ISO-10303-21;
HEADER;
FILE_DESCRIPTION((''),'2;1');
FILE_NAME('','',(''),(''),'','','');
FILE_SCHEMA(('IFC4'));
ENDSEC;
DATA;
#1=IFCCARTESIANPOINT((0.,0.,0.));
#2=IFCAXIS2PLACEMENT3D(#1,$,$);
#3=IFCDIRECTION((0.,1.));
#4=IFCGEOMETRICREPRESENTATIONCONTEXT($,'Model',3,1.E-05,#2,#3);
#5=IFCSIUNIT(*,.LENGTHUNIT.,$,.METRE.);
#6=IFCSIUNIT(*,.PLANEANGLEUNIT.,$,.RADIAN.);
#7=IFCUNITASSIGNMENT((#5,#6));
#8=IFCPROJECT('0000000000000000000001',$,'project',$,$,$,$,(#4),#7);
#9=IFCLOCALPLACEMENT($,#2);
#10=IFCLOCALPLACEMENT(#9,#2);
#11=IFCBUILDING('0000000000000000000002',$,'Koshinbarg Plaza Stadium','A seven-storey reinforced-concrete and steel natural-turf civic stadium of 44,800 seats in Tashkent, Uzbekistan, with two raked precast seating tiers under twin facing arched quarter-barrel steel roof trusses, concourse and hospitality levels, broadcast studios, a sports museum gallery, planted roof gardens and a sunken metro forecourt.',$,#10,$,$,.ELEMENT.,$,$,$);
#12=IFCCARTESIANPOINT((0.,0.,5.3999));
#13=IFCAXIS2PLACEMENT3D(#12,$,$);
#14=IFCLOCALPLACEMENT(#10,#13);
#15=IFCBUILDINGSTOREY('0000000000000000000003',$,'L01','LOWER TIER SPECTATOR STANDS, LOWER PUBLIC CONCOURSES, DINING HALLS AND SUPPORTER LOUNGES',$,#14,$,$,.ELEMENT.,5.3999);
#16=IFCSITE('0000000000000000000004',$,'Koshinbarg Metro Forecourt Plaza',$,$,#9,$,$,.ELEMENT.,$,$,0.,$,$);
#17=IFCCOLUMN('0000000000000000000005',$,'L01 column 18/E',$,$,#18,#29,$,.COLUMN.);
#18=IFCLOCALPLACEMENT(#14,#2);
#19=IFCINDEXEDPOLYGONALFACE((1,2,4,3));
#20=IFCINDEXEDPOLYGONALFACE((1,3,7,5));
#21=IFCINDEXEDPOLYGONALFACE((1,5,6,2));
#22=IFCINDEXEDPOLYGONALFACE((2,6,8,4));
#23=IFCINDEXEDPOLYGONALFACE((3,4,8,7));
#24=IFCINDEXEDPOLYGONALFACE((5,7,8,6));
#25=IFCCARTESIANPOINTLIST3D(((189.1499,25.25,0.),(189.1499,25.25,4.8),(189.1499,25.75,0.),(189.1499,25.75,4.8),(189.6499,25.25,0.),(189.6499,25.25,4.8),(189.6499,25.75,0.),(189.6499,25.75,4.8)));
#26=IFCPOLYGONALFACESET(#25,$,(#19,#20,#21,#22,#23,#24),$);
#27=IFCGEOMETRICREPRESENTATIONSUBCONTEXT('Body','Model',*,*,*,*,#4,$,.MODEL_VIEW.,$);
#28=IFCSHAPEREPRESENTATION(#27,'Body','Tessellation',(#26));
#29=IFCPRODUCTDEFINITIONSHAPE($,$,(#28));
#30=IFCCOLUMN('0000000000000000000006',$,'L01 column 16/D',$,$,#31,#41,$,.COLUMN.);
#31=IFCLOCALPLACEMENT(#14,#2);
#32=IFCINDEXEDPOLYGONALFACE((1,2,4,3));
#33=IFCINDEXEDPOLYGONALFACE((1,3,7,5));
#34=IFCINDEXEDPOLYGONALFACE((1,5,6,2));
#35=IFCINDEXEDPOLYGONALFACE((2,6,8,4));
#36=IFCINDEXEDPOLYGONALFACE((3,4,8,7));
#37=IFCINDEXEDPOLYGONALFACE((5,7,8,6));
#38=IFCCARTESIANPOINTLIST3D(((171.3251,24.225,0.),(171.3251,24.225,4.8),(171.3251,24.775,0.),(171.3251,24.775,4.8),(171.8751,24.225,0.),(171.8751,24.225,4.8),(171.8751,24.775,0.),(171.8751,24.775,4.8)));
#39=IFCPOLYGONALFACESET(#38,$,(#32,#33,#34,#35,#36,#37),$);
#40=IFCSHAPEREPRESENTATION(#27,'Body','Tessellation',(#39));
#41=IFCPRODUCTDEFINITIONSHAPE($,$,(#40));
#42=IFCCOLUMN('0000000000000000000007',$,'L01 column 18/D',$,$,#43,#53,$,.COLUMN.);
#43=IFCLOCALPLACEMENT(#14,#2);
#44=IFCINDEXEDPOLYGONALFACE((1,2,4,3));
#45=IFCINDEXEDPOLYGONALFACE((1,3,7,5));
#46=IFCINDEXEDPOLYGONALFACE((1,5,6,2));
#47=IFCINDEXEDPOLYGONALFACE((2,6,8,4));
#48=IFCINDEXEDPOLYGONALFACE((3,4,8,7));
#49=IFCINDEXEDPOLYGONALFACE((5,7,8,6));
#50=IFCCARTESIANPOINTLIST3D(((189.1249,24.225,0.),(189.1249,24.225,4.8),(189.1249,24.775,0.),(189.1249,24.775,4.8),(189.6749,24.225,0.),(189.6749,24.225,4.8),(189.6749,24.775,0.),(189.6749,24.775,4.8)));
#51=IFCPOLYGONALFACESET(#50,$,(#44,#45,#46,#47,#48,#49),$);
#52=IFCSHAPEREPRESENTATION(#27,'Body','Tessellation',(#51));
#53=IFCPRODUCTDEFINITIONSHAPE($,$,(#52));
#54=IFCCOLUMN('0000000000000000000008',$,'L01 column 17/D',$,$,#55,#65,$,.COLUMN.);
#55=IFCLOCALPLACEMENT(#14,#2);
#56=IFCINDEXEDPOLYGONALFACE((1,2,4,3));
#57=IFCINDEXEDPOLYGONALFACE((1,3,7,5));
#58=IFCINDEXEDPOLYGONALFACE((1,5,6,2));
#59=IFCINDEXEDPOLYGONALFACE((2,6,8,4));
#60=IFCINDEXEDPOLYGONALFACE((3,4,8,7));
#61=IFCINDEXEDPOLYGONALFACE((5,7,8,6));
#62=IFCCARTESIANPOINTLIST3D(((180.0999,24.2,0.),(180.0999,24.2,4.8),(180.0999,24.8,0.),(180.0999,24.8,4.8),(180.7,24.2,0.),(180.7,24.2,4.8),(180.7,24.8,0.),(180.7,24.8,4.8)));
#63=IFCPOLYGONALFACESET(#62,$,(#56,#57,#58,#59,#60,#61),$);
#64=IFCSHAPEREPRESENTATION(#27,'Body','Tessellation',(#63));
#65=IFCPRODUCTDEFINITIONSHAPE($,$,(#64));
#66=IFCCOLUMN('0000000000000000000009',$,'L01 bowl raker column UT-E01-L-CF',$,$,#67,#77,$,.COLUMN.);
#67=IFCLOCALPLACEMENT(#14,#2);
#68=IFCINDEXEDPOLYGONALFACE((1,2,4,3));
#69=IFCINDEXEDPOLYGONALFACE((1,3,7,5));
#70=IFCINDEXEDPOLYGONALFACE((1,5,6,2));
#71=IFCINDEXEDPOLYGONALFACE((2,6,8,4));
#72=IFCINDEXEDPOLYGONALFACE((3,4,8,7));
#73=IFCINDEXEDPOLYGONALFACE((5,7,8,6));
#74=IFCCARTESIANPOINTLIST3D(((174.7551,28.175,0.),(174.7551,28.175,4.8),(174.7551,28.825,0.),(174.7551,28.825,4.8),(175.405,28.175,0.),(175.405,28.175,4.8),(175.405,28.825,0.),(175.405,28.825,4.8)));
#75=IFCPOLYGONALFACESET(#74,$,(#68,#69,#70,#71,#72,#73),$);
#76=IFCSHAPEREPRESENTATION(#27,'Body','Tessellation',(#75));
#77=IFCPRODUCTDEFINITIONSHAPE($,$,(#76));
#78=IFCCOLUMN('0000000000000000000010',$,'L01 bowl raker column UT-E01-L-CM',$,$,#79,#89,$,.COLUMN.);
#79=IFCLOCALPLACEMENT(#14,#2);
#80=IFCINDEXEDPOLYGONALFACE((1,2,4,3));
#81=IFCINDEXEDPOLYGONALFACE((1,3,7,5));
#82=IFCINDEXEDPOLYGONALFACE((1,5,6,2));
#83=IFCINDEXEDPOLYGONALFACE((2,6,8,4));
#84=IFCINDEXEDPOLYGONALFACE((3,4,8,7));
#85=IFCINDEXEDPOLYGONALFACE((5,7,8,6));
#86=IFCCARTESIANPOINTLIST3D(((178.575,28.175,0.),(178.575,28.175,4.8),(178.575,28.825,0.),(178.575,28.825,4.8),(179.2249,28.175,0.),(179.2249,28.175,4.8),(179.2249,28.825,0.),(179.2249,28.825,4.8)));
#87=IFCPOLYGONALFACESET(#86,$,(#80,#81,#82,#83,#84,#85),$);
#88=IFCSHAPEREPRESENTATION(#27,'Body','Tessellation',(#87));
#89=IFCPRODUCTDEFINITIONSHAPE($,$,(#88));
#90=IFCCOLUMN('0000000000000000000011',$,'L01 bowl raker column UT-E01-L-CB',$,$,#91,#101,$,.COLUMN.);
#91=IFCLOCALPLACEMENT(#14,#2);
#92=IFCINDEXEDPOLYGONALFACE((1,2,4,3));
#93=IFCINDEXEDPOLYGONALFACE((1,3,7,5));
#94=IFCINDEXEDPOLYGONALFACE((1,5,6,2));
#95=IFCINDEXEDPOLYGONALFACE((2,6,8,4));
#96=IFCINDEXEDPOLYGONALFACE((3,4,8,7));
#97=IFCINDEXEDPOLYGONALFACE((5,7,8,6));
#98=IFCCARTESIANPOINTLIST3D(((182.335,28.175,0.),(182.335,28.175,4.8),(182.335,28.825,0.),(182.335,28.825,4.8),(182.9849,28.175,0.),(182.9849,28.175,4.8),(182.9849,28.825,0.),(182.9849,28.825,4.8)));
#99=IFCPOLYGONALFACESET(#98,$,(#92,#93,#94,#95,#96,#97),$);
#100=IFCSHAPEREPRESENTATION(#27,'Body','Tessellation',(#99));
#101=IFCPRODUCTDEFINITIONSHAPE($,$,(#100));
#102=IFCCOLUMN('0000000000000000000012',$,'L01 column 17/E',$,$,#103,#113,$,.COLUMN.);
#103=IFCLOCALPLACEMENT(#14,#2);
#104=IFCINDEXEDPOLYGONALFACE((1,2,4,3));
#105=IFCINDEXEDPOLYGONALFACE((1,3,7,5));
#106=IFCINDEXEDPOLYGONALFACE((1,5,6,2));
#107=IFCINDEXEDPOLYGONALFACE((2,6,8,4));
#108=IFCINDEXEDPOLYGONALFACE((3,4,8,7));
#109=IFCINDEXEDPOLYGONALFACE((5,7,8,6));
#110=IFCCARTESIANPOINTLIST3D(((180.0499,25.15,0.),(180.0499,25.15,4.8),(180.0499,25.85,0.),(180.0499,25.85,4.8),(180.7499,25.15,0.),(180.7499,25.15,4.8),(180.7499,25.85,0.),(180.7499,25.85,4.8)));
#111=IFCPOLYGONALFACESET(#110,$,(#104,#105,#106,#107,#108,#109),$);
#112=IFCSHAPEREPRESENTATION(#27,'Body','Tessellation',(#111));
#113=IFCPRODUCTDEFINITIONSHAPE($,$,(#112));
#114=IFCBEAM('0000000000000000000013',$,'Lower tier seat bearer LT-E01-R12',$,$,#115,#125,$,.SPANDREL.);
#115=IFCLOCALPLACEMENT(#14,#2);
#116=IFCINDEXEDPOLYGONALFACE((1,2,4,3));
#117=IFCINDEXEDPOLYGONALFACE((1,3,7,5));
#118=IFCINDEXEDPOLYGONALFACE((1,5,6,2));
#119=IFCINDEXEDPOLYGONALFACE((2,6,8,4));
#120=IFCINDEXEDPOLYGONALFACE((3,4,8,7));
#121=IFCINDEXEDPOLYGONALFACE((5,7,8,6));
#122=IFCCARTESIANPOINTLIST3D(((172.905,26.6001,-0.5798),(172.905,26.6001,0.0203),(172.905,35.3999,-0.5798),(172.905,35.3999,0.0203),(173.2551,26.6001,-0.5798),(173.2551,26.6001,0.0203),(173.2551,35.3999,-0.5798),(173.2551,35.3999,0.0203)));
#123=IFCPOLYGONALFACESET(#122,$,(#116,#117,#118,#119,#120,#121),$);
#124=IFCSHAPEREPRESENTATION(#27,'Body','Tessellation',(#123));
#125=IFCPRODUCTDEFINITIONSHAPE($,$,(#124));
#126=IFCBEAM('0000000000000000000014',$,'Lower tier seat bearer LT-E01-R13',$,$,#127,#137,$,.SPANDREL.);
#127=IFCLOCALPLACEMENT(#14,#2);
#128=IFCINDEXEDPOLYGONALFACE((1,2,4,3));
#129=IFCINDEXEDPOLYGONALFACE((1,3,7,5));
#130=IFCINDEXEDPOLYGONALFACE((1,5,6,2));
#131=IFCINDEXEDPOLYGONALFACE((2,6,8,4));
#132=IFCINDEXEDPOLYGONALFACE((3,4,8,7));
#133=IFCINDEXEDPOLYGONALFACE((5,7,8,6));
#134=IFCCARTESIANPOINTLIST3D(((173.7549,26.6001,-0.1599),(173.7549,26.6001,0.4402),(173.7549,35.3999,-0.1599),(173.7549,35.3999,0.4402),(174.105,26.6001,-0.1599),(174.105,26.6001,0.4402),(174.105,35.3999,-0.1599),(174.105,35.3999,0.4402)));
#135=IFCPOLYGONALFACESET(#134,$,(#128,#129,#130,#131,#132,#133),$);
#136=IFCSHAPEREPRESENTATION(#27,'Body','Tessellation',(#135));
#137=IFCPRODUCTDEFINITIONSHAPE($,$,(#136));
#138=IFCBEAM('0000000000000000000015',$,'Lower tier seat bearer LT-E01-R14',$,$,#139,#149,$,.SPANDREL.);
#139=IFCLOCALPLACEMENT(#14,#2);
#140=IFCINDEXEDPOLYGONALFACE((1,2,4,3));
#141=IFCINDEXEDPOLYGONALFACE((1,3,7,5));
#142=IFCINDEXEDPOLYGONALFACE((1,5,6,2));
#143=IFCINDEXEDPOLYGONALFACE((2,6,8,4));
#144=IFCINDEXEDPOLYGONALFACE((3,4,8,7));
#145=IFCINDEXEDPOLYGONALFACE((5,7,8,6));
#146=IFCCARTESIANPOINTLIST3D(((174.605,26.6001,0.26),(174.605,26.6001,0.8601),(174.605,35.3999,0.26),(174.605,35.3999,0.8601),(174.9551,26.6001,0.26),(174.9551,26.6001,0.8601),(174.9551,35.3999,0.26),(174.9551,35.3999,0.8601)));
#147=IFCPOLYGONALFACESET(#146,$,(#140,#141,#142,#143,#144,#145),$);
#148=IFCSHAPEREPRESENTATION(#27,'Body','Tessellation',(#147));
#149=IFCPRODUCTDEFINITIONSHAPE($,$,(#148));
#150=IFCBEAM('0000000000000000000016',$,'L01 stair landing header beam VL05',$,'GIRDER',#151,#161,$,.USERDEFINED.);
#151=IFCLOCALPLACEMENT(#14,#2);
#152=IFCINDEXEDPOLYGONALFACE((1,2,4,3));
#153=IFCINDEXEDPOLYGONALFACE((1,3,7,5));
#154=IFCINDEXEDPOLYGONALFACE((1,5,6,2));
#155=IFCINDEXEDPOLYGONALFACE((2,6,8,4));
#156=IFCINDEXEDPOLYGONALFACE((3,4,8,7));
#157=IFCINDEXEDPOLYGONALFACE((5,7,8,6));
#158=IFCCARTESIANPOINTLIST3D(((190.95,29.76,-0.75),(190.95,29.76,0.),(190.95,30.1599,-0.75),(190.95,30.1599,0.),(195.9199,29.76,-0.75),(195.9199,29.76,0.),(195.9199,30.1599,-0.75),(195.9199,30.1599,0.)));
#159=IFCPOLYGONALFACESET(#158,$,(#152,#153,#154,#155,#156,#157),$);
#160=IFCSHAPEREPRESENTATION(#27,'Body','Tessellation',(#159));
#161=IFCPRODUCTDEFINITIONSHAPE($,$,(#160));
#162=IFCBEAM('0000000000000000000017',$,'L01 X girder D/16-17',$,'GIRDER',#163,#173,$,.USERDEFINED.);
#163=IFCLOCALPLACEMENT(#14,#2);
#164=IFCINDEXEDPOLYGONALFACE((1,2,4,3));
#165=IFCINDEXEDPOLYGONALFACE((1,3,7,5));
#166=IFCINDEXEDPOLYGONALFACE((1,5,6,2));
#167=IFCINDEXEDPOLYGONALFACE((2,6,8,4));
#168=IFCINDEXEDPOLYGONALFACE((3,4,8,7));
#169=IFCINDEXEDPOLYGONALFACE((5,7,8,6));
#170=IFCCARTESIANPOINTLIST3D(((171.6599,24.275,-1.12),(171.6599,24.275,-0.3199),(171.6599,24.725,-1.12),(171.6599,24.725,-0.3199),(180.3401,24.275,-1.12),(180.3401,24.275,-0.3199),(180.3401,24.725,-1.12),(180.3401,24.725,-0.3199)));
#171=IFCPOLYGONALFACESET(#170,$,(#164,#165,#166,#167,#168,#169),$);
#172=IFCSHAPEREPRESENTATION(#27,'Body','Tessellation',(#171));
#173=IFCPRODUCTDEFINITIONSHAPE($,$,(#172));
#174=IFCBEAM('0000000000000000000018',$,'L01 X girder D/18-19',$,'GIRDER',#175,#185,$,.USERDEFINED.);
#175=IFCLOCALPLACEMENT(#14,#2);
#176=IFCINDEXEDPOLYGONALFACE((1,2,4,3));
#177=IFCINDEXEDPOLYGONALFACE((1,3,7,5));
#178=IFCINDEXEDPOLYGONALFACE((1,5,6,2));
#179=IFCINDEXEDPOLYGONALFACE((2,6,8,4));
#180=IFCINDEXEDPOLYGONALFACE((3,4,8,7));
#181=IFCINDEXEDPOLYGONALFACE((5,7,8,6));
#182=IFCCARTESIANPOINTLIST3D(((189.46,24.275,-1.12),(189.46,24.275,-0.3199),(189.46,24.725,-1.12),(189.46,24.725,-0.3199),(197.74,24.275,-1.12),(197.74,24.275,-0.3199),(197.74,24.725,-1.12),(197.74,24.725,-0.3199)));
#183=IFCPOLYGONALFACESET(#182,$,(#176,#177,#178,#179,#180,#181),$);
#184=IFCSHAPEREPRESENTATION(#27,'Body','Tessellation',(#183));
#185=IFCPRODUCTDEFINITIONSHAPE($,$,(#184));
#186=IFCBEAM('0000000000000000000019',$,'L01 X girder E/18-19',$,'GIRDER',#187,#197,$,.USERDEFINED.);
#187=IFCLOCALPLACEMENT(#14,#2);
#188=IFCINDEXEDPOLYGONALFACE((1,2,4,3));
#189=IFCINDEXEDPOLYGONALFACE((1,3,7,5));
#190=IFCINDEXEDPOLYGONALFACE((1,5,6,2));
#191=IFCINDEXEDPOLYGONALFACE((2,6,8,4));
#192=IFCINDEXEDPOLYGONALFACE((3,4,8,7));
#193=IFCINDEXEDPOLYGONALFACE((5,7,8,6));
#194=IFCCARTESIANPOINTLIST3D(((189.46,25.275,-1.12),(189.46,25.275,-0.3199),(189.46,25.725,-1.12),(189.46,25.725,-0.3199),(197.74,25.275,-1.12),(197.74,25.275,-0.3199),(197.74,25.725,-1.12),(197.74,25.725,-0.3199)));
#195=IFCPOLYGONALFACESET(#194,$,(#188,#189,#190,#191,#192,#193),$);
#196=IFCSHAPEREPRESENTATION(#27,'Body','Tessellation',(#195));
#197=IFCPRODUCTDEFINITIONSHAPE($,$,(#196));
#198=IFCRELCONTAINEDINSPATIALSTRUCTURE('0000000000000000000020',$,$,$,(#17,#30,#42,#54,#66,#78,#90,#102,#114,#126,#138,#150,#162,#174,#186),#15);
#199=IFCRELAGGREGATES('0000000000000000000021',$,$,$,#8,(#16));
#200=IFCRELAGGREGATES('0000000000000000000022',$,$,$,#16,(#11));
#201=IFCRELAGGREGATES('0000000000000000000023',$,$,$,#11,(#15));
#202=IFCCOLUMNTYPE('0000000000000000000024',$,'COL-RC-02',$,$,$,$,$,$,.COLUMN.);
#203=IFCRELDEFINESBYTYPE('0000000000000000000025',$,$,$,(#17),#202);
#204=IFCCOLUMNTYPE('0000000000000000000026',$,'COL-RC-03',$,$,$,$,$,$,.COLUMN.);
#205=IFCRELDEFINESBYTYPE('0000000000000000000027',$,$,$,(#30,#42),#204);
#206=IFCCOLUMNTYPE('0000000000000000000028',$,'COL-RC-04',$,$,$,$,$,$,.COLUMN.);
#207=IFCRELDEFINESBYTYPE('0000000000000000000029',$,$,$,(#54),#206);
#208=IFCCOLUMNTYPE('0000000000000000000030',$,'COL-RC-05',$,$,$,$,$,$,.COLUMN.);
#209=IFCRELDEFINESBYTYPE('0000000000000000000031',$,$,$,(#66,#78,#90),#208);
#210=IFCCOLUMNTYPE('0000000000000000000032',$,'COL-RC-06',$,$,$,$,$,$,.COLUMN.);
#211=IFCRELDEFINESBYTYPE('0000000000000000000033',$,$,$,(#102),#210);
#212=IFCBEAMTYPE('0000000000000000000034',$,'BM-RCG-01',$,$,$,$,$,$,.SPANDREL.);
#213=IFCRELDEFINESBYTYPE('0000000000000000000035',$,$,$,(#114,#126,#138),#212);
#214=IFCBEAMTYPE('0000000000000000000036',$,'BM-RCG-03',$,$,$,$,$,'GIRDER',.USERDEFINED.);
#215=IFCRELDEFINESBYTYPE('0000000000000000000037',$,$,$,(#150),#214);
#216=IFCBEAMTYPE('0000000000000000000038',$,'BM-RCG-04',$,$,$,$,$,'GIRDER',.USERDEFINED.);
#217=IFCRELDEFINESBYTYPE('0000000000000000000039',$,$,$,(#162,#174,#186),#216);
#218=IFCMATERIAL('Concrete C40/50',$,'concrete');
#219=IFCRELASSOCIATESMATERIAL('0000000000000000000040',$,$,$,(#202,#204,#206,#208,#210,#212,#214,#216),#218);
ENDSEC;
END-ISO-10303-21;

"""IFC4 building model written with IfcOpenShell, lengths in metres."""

from ifc_helpers import new_model, si_unit, direction, frame, origin, origin_2d, place, context, subcontext, project, spatial, rectangle, extrude, material, material_profile, profile_set, type_object, element, save


model = new_model("IFC4")

# Units and contexts
model_context = context("Model", 3, precision=1e-05, world=origin(), true_north=direction((0.0, 1.0)))
body_context = subcontext(model_context, "Body", "Model", "MODEL_VIEW")
ifc_project = project(units=[si_unit("LENGTHUNIT", "METRE"), si_unit("PLANEANGLEUNIT", "RADIAN")], contexts=[model_context])

# Site, building, storey
site_placement = place(None, origin())
site = spatial("IfcSite", under=ifc_project, at=site_placement, Name="Koshinbarg Metro Forecourt Plaza", CompositionType="ELEMENT", RefElevation=0.0)
building_placement = place(site_placement, origin())
building = spatial("IfcBuilding", under=site, at=building_placement, Name="Koshinbarg Plaza Stadium", Description="A seven-storey reinforced-concrete and steel natural-turf civic stadium of 44,800 seats in Tashkent, Uzbekistan, with two raked precast seating tiers under twin facing arched quarter-barrel steel roof trusses, concourse and hospitality levels, broadcast studios, a sports museum gallery, planted roof gardens and a sunken metro forecourt.", CompositionType="ELEMENT")
storey_placement = place(building_placement, frame((0.0, 0.0, 5.3999)))
storey = spatial("IfcBuildingStorey", under=building, at=storey_placement, Name="L01", Description="LOWER TIER SPECTATOR STANDS, LOWER PUBLIC CONCOURSES, DINING HALLS AND SUPPORTER LOUNGES", CompositionType="ELEMENT", Elevation=5.3999)

# Columns
ifc_material_1 = material(Name="Concrete C40/50", Category="concrete")
ifc_material_profile_1 = material_profile(ifc_material_1, rectangle(XDim=0.5, YDim=0.5, at=origin_2d()), Name="RC 500x500")
ifc_profile_set_1 = profile_set([ifc_material_profile_1], Name="Concrete C40/50")
column_type_1 = type_object("IfcColumnType", Name="COL-RC-02", PredefinedType="COLUMN", material=ifc_profile_set_1)
column_1_placement = place(storey_placement, frame((189.3999, 25.5, 0.0), z_axis=(0.0, 0.0, 1.0), x_axis=(1.0, 0.0, 0.0)))
element("IfcColumn", 1, at=column_1_placement, inside=storey, type_object=column_type_1, Name="L01 column 18/E", PredefinedType="COLUMN", context=body_context, shape_type="SweptSolid", body=[
    extrude(rectangle(XDim=0.5, YDim=0.5, at=origin_2d()), origin(), (0.0, 0.0, 1.0), 4.8),
])
ifc_material_profile_2 = material_profile(ifc_material_1, rectangle(XDim=0.55, YDim=0.55, at=origin_2d()), Name="RC 550x550")
ifc_profile_set_2 = profile_set([ifc_material_profile_2], Name="Concrete C40/50")
column_type_2 = type_object("IfcColumnType", Name="COL-RC-03", PredefinedType="COLUMN", material=ifc_profile_set_2)
for number, where, z_axis, x_axis, name in (
    (2, (171.6001, 24.5, 0.0), (0.0, 0.0, 1.0), (1.0, 0.0, 0.0), "L01 column 16/D"),
    (3, (189.3999, 24.5, 0.0), (0.0, 0.0, 1.0), (1.0, 0.0, 0.0), "L01 column 18/D"),
):
    element("IfcColumn", number, at=place(storey_placement, frame(where, z_axis=z_axis, x_axis=x_axis)), inside=storey, type_object=column_type_2, Name=name, PredefinedType="COLUMN", context=body_context, shape_type="SweptSolid", body=[
        extrude(rectangle(XDim=0.55, YDim=0.55, at=origin_2d()), origin(), (0.0, 0.0, 1.0), 4.8),
    ])
ifc_material_profile_3 = material_profile(ifc_material_1, rectangle(XDim=0.6001, YDim=0.6001, at=origin_2d()), Name="RC 600x600")
ifc_profile_set_3 = profile_set([ifc_material_profile_3], Name="Concrete C40/50")
column_type_3 = type_object("IfcColumnType", Name="COL-RC-04", PredefinedType="COLUMN", material=ifc_profile_set_3)
column_2_placement = place(storey_placement, frame((180.3999, 24.5, 0.0), z_axis=(0.0, 0.0, 1.0), x_axis=(1.0, 0.0, 0.0)))
element("IfcColumn", 4, at=column_2_placement, inside=storey, type_object=column_type_3, Name="L01 column 17/D", PredefinedType="COLUMN", context=body_context, shape_type="SweptSolid", body=[
    extrude(rectangle(XDim=0.6001, YDim=0.6001, at=origin_2d()), origin(), (0.0, 0.0, 1.0), 4.8),
])
ifc_material_profile_4 = material_profile(ifc_material_1, rectangle(XDim=0.6499, YDim=0.6499, at=origin_2d()), Name="RC 650x650")
ifc_profile_set_4 = profile_set([ifc_material_profile_4], Name="Concrete C40/50")
column_type_4 = type_object("IfcColumnType", Name="COL-RC-05", PredefinedType="COLUMN", material=ifc_profile_set_4)
for number, where, z_axis, x_axis, name in (
    (5, (175.0801, 28.5, 0.0), (0.0, 0.0, 1.0), (1.0, 0.0, 0.0), "L01 bowl raker column UT-E01-L-CF"),
    (6, (178.8999, 28.5, 0.0), (0.0, 0.0, 1.0), (1.0, 0.0, 0.0), "L01 bowl raker column UT-E01-L-CM"),
    (7, (182.6599, 28.5, 0.0), (0.0, 0.0, 1.0), (1.0, 0.0, 0.0), "L01 bowl raker column UT-E01-L-CB"),
):
    element("IfcColumn", number, at=place(storey_placement, frame(where, z_axis=z_axis, x_axis=x_axis)), inside=storey, type_object=column_type_4, Name=name, PredefinedType="COLUMN", context=body_context, shape_type="SweptSolid", body=[
        extrude(rectangle(XDim=0.6499, YDim=0.6499, at=origin_2d()), origin(), (0.0, 0.0, 1.0), 4.8),
    ])
ifc_material_profile_5 = material_profile(ifc_material_1, rectangle(XDim=0.7, YDim=0.7, at=origin_2d()), Name="RC 700x700")
ifc_profile_set_5 = profile_set([ifc_material_profile_5], Name="Concrete C40/50")
column_type_5 = type_object("IfcColumnType", Name="COL-RC-06", PredefinedType="COLUMN", material=ifc_profile_set_5)
column_3_placement = place(storey_placement, frame((180.3999, 25.5, 0.0), z_axis=(0.0, 0.0, 1.0), x_axis=(1.0, 0.0, 0.0)))
element("IfcColumn", 8, at=column_3_placement, inside=storey, type_object=column_type_5, Name="L01 column 17/E", PredefinedType="COLUMN", context=body_context, shape_type="SweptSolid", body=[
    extrude(rectangle(XDim=0.7, YDim=0.7, at=origin_2d()), origin(), (0.0, 0.0, 1.0), 4.8),
])

# Beams
ifc_material_profile_6 = material_profile(ifc_material_1, rectangle(XDim=0.3501, YDim=0.6001, at=origin_2d()), Name="RC 350x600")
ifc_profile_set_6 = profile_set([ifc_material_profile_6], Name="Concrete C40/50")
beam_type_1 = type_object("IfcBeamType", Name="BM-RCG-01", PredefinedType="SPANDREL", material=ifc_profile_set_6)
for number, where, z_axis, x_axis, name in (
    (9, (173.0801, 26.6001, -0.2798), (0.0, 1.0, 0.0), (-1.0, 0.0, 0.0), "Lower tier seat bearer LT-E01-R12"),
    (10, (173.9299, 26.6001, 0.1401), (0.0, 1.0, 0.0), (-1.0, 0.0, 0.0), "Lower tier seat bearer LT-E01-R13"),
    (11, (174.78, 26.6001, 0.5601), (0.0, 1.0, 0.0), (-1.0, 0.0, 0.0), "Lower tier seat bearer LT-E01-R14"),
):
    element("IfcBeam", number, at=place(storey_placement, frame(where, z_axis=z_axis, x_axis=x_axis)), inside=storey, type_object=beam_type_1, Name=name, PredefinedType="SPANDREL", context=body_context, shape_type="SweptSolid", body=[
        extrude(rectangle(XDim=0.3501, YDim=0.6001, at=origin_2d()), origin(), (0.0, 0.0, 1.0), 8.7998),
    ])
ifc_material_profile_7 = material_profile(ifc_material_1, rectangle(XDim=0.3999, YDim=0.75, at=origin_2d()), Name="RC 400x750")
ifc_profile_set_7 = profile_set([ifc_material_profile_7], Name="Concrete C40/50")
beam_type_2 = type_object("IfcBeamType", Name="BM-RCG-03", ElementType="GIRDER", PredefinedType="USERDEFINED", material=ifc_profile_set_7)
beam_1_placement = place(storey_placement, frame((190.95, 29.96, -0.375), z_axis=(1.0, 0.0, 0.0), x_axis=(0.0, 1.0, 0.0)))
element("IfcBeam", 12, at=beam_1_placement, inside=storey, type_object=beam_type_2, Name="L01 stair landing header beam VL05", ObjectType="GIRDER", PredefinedType="USERDEFINED", context=body_context, shape_type="SweptSolid", body=[
    extrude(rectangle(XDim=0.3999, YDim=0.75, at=origin_2d()), origin(), (0.0, 0.0, 1.0), 4.97),
])
ifc_material_profile_8 = material_profile(ifc_material_1, rectangle(XDim=0.45, YDim=0.8, at=origin_2d()), Name="RC 450x800")
ifc_profile_set_8 = profile_set([ifc_material_profile_8], Name="Concrete C40/50")
beam_type_3 = type_object("IfcBeamType", Name="BM-RCG-04", ElementType="GIRDER", PredefinedType="USERDEFINED", material=ifc_profile_set_8)
beam_2_placement = place(storey_placement, frame((171.6599, 24.5, -0.72), z_axis=(1.0, 0.0, 0.0), x_axis=(0.0, 1.0, 0.0)))
element("IfcBeam", 13, at=beam_2_placement, inside=storey, type_object=beam_type_3, Name="L01 X girder D/16-17", ObjectType="GIRDER", PredefinedType="USERDEFINED", context=body_context, shape_type="SweptSolid", body=[
    extrude(rectangle(XDim=0.45, YDim=0.8, at=origin_2d()), origin(), (0.0, 0.0, 1.0), 8.6802),
])
for number, where, z_axis, x_axis, name in (
    (14, (189.46, 24.5, -0.72), (1.0, 0.0, 0.0), (0.0, 1.0, 0.0), "L01 X girder D/18-19"),
    (15, (189.46, 25.5, -0.72), (1.0, 0.0, 0.0), (0.0, 1.0, 0.0), "L01 X girder E/18-19"),
):
    element("IfcBeam", number, at=place(storey_placement, frame(where, z_axis=z_axis, x_axis=x_axis)), inside=storey, type_object=beam_type_3, Name=name, ObjectType="GIRDER", PredefinedType="USERDEFINED", context=body_context, shape_type="SweptSolid", body=[
        extrude(rectangle(XDim=0.45, YDim=0.8, at=origin_2d()), origin(), (0.0, 0.0, 1.0), 8.28),
    ])

save(model, "model.ifc")
